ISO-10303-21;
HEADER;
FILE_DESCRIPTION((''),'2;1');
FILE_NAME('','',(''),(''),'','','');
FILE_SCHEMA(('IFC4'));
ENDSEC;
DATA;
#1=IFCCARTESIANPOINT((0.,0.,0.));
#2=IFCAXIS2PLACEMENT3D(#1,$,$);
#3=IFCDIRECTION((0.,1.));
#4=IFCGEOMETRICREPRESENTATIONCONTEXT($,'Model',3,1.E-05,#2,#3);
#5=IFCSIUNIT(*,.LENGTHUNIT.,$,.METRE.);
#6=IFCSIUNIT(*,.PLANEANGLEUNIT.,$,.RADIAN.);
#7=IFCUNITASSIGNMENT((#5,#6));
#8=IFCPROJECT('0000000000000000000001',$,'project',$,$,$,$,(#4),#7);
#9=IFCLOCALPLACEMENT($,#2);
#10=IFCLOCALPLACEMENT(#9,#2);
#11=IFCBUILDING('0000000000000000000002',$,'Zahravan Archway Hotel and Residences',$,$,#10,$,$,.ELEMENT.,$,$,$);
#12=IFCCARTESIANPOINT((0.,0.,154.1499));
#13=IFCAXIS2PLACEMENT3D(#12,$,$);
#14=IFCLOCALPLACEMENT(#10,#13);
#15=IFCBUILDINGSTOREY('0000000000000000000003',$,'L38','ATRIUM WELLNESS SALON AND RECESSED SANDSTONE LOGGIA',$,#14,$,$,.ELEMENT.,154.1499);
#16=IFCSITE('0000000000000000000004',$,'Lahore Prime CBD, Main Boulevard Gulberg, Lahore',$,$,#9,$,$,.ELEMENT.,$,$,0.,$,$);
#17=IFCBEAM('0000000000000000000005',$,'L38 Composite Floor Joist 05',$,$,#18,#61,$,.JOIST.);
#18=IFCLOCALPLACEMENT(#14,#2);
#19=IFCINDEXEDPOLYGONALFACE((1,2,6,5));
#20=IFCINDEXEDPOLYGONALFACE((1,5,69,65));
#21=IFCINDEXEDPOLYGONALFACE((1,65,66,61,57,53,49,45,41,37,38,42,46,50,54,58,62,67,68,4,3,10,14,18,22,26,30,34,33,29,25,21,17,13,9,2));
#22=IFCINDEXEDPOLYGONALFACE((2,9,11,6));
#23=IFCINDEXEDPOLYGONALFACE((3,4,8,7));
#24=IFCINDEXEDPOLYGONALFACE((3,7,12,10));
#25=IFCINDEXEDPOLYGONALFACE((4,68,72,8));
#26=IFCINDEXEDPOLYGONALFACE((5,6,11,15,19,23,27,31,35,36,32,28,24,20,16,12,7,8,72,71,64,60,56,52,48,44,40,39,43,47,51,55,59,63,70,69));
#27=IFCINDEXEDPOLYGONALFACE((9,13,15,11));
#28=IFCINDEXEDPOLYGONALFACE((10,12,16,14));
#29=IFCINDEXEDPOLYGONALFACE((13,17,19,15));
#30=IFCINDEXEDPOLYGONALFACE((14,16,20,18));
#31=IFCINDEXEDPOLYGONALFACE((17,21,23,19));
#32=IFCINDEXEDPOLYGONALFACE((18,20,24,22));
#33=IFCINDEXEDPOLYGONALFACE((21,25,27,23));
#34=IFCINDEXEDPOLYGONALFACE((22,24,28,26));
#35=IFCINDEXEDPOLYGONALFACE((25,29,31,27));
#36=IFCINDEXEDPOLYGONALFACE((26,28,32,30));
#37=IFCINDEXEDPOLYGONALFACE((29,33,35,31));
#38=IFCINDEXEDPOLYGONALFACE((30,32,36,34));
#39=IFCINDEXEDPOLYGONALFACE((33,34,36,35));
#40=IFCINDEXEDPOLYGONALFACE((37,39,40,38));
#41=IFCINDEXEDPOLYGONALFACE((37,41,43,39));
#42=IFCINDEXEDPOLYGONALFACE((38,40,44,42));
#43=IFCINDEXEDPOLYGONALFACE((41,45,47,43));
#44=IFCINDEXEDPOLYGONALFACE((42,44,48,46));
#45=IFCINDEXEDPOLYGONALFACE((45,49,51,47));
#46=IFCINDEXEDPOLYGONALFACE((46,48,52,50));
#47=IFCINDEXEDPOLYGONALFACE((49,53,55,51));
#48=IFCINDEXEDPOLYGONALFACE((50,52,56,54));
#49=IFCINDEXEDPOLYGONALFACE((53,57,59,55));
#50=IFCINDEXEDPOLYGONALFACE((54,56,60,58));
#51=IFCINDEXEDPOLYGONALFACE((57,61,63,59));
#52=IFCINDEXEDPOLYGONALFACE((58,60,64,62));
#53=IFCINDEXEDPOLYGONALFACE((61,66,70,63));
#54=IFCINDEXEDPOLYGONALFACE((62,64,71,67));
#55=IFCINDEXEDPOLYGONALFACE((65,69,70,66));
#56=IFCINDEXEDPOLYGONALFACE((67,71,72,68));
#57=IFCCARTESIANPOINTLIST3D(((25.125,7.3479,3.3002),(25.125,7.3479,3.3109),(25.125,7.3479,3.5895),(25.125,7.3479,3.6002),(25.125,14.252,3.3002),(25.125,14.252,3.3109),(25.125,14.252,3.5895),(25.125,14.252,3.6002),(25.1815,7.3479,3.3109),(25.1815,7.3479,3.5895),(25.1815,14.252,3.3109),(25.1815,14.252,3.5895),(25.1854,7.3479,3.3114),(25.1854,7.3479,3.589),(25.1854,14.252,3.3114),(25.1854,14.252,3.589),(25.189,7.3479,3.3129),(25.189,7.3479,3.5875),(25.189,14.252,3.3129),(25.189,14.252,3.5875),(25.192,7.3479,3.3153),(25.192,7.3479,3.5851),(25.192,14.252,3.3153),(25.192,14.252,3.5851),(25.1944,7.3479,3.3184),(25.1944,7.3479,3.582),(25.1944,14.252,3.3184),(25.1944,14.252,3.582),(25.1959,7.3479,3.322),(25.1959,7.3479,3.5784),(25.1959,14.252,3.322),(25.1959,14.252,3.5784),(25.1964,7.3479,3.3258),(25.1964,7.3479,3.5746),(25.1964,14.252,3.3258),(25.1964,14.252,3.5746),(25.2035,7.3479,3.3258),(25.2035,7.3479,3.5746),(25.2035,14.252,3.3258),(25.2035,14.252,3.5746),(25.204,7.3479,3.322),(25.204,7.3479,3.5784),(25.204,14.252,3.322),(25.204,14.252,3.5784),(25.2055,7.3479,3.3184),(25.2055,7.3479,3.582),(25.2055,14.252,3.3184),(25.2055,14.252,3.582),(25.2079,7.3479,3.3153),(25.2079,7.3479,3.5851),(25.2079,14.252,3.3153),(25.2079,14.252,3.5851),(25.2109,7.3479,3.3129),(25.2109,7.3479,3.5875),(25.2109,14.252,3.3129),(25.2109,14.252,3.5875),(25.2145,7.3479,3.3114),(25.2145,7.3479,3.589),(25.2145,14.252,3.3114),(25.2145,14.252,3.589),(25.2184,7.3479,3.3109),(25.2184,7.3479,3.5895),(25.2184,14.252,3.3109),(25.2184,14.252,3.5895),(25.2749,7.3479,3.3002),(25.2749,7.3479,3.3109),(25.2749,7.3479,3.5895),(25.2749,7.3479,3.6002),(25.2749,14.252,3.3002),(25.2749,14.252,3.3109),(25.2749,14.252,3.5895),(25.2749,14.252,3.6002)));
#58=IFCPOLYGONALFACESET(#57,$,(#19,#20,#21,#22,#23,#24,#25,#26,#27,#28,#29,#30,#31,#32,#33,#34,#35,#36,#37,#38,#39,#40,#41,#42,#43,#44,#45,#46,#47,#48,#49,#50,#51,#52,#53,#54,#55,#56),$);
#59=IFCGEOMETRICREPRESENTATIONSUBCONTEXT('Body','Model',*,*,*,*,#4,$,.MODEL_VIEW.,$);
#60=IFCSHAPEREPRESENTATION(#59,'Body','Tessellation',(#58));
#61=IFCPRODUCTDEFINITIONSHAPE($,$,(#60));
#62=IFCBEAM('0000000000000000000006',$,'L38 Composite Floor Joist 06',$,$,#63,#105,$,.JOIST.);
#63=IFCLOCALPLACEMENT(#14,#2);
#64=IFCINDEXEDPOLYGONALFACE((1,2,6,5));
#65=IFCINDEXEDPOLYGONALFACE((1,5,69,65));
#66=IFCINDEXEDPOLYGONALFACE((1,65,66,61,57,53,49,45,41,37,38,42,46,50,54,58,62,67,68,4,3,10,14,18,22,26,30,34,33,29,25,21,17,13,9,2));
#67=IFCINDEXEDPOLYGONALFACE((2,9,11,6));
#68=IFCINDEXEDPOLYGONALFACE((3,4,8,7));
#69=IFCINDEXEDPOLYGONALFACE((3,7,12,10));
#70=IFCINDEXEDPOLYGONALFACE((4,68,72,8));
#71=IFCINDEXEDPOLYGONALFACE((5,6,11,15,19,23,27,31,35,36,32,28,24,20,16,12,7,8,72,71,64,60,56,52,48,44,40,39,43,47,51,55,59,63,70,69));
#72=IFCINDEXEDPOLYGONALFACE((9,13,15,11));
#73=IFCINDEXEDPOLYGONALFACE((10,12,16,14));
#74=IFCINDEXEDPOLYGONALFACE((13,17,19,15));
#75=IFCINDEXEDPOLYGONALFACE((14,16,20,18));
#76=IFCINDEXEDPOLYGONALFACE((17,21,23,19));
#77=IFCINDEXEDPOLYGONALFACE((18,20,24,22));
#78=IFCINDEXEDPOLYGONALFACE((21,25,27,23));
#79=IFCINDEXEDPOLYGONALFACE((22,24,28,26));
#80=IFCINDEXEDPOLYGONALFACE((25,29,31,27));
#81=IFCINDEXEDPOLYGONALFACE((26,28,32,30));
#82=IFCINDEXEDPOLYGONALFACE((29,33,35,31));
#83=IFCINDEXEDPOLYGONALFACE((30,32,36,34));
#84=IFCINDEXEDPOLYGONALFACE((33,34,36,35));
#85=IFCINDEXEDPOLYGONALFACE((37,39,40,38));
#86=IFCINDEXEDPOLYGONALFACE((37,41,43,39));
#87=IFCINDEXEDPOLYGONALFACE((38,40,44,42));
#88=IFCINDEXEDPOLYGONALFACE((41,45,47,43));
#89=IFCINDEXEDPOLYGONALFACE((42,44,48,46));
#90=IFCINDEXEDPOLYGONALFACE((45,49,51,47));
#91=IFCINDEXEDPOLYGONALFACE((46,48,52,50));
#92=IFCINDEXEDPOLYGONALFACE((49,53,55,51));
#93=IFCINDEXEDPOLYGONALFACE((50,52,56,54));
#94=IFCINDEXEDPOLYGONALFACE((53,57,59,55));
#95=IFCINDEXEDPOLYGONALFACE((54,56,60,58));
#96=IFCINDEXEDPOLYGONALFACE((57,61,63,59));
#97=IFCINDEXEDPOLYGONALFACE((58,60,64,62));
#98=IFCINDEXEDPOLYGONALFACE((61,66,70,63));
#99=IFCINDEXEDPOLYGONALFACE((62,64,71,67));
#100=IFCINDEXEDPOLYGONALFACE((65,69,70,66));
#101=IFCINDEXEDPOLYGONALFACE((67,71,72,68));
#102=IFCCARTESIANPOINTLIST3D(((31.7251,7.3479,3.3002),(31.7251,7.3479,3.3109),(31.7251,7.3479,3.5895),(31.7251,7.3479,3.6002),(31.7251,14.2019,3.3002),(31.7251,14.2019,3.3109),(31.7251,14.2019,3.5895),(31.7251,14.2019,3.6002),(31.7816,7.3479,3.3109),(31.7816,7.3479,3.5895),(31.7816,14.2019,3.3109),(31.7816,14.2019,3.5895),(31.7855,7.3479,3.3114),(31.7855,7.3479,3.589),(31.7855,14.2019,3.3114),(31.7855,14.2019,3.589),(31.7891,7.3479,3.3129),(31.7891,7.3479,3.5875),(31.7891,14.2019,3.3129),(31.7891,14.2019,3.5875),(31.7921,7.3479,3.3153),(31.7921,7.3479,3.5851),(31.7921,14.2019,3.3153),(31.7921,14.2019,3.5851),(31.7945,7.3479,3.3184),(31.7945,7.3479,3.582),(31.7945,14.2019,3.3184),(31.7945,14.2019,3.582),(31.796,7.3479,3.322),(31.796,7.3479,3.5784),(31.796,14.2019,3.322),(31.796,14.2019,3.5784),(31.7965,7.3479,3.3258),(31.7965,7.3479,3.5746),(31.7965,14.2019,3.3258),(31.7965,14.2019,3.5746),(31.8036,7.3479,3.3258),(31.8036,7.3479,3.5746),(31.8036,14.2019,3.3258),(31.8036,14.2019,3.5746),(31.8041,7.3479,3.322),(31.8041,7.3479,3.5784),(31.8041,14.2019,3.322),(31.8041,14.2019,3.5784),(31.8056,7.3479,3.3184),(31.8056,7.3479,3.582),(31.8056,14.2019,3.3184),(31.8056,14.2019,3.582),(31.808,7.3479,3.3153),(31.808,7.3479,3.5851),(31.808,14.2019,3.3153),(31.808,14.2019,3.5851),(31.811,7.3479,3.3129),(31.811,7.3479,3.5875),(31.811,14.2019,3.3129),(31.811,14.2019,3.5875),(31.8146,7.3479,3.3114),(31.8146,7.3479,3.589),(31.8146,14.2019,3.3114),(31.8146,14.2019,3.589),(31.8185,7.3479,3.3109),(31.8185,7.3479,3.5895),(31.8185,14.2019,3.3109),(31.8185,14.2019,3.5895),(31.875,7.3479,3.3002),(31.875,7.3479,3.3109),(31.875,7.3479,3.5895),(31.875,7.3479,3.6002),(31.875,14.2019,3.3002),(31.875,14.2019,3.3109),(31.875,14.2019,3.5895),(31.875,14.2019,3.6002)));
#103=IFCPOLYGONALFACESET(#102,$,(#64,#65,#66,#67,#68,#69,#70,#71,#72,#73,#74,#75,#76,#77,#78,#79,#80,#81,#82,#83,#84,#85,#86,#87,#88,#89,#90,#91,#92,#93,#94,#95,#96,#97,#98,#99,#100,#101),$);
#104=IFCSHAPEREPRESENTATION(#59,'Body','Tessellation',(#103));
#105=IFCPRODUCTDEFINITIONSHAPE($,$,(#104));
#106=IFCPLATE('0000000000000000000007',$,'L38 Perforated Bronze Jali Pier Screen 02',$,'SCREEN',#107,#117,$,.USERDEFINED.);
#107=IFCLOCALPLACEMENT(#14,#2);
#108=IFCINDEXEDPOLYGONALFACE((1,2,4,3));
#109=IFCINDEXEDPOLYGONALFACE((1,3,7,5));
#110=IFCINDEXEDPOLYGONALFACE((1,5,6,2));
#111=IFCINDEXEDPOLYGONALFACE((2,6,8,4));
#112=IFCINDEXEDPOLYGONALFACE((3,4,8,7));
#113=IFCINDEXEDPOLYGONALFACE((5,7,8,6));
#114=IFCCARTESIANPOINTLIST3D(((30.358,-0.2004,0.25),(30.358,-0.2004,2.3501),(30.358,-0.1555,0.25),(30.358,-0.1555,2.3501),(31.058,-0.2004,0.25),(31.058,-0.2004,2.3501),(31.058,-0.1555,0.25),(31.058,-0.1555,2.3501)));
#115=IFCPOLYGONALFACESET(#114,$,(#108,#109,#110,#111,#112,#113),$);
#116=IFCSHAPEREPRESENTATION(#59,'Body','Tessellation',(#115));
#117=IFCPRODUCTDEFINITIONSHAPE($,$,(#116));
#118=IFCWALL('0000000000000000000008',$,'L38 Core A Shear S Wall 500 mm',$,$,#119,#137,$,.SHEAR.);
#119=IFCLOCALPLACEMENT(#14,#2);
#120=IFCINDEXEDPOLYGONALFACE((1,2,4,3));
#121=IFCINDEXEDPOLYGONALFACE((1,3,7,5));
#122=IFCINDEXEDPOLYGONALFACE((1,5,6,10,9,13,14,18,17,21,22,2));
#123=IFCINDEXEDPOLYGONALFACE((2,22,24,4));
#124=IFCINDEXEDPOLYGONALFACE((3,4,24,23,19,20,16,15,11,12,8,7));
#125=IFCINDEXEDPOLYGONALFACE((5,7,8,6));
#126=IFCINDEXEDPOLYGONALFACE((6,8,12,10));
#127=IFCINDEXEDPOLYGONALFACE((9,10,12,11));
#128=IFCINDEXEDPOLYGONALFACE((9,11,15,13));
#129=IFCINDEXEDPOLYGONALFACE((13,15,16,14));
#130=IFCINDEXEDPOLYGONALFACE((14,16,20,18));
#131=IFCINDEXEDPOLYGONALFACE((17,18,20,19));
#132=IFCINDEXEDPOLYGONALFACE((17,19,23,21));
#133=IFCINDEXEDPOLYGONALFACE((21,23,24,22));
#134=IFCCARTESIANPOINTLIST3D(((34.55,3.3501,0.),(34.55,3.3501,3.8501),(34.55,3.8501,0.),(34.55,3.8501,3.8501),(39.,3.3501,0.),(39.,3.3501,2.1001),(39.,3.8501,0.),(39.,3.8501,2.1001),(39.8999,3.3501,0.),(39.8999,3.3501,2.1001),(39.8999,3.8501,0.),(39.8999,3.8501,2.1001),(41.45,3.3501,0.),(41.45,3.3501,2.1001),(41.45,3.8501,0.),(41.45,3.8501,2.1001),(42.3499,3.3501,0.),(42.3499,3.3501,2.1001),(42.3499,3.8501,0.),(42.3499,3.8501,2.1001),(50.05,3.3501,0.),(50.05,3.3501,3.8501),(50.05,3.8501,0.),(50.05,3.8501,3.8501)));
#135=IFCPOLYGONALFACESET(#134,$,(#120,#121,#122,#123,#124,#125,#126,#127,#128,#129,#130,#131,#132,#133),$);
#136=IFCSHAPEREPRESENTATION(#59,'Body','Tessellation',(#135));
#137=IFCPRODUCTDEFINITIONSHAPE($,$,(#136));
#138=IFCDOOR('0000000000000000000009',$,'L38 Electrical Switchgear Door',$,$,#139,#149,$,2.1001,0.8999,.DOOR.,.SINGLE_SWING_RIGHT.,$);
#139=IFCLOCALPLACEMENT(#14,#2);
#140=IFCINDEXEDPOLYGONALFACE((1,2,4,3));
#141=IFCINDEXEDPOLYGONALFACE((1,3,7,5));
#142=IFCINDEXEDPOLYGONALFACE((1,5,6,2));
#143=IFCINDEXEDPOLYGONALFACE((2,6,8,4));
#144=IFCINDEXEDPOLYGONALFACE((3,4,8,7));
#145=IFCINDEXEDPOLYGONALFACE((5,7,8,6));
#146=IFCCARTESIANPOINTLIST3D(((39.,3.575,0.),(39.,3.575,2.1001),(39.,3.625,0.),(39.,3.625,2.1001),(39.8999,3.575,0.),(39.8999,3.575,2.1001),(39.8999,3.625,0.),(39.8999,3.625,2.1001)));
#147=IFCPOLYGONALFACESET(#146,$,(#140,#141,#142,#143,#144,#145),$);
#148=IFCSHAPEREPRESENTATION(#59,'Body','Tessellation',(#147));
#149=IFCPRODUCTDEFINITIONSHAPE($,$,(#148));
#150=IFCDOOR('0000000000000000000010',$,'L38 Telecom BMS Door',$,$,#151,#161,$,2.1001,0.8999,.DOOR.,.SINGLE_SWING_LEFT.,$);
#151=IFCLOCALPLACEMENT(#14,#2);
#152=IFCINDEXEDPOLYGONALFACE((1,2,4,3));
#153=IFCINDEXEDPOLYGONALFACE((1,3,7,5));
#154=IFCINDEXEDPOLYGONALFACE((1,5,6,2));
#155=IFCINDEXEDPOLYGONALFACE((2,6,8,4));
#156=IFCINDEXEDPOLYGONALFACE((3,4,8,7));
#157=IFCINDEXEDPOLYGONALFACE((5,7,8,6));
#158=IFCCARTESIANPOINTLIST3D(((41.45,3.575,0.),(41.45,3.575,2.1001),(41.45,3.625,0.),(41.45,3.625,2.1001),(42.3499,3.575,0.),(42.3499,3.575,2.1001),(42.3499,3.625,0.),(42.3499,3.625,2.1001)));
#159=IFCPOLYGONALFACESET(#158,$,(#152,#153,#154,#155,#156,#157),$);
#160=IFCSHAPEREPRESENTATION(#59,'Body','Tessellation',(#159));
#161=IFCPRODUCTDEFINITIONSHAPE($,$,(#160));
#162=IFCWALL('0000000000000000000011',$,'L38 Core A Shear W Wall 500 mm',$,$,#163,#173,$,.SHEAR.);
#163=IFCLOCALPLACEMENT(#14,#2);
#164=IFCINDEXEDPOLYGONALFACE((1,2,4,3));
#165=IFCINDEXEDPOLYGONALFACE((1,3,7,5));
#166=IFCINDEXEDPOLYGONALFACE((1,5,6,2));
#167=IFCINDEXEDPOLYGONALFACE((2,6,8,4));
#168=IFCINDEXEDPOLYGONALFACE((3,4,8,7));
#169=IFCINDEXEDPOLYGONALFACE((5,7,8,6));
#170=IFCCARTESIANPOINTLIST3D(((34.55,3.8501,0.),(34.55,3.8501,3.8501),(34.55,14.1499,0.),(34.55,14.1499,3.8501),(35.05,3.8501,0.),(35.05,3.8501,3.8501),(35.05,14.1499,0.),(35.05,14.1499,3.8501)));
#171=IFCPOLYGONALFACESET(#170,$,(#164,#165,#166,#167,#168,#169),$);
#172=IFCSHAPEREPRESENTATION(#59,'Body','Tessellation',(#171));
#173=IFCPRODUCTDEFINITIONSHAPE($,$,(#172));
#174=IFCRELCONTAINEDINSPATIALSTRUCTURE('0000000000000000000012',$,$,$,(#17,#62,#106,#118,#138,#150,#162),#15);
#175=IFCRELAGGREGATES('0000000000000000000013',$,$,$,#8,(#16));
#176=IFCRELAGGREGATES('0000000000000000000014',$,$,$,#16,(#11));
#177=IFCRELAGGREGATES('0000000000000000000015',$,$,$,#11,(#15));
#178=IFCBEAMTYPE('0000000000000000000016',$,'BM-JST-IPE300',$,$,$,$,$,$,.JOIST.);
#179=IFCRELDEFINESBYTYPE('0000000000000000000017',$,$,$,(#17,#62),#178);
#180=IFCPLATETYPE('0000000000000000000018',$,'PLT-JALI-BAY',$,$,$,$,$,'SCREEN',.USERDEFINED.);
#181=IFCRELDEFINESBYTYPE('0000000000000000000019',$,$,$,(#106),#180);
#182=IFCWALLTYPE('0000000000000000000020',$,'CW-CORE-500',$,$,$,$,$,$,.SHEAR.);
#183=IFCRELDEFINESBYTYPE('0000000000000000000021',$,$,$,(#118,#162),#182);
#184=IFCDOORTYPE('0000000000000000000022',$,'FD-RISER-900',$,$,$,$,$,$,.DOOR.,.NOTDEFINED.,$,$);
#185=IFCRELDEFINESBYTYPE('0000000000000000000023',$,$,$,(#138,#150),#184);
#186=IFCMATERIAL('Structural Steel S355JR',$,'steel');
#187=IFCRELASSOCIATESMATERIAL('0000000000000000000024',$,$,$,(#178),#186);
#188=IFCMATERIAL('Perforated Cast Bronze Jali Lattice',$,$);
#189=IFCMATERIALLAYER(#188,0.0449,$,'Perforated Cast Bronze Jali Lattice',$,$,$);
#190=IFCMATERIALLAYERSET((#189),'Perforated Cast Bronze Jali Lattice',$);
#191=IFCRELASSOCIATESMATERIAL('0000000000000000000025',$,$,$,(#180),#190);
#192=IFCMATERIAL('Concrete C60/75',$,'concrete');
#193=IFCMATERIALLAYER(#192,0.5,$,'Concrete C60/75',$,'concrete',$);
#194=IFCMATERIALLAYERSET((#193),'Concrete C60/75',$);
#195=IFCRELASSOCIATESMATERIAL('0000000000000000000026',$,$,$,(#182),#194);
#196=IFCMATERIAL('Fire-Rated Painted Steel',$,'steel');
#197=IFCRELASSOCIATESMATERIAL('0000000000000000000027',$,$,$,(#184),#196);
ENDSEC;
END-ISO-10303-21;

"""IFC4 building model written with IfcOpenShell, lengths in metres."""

from ifc_helpers import new_model, si_unit, direction, frame, frame_2d, origin, origin_2d, place, context, subcontext, project, spatial, rectangle, i_section, extrude, source, transform, mapped, material, layer, layer_set, material_profile, profile_set, type_object, type_shapes, element, fill, save


model = new_model("IFC4")

# Units and contexts
model_context = context("Model", 3, precision=1e-05, world=origin(), true_north=direction((0.0, 1.0)))
body_context = subcontext(model_context, "Body", "Model", "MODEL_VIEW")
ifc_project = project(units=[si_unit("LENGTHUNIT", "METRE"), si_unit("PLANEANGLEUNIT", "RADIAN")], contexts=[model_context])

# Site, building, storey
site_placement = place(None, origin())
site = spatial("IfcSite", under=ifc_project, at=site_placement, Name="Lahore Prime CBD, Main Boulevard Gulberg, Lahore", CompositionType="ELEMENT", RefElevation=0.0)
building_placement = place(site_placement, origin())
building = spatial("IfcBuilding", under=site, at=building_placement, Name="Zahravan Archway Hotel and Residences", CompositionType="ELEMENT")
storey_placement = place(building_placement, frame((0.0, 0.0, 154.1499)))
storey = spatial("IfcBuildingStorey", under=building, at=storey_placement, Name="L38", Description="ATRIUM WELLNESS SALON AND RECESSED SANDSTONE LOGGIA", CompositionType="ELEMENT", Elevation=154.1499)

# Shared definitions
ifc_material_1 = material(Name="Concrete C60/75", Category="concrete")

# Beams
ifc_material_2 = material(Name="Structural Steel S355JR", Category="steel")
ifc_material_profile_1 = material_profile(ifc_material_2, i_section(OverallWidth=0.1499, OverallDepth=0.3, WebThickness=0.0071, FlangeThickness=0.0107, FilletRadius=0.0149, at=origin_2d()), Name="IPE 300", Category="steel")
ifc_profile_set_1 = profile_set([ifc_material_profile_1], Name="Structural Steel S355JR")
beam_type_1 = type_object("IfcBeamType", Name="BM-JST-IPE300", PredefinedType="JOIST", material=ifc_profile_set_1)
shared_shape_1 = source(origin(), body_context, "Body", "SweptSolid", [
    extrude(i_section(OverallWidth=0.1499, OverallDepth=0.3, WebThickness=0.0071, FlangeThickness=0.0107, FilletRadius=0.0149, at=origin_2d()), origin(), (0.0, 0.0, 1.0), 6.9041),
])
type_shapes(beam_type_1, [shared_shape_1])
for number, where, z_axis, x_axis, name in (
    (1, (25.2, 7.3479, 3.4502), (0.0, 1.0, 0.0), (-1.0, 0.0, 0.0), "L38 Composite Floor Joist 05"),
):
    element("IfcBeam", number, at=place(storey_placement, frame(where, z_axis=z_axis, x_axis=x_axis)), inside=storey, type_object=beam_type_1, Name=name, PredefinedType="JOIST", context=body_context, shape_type="MappedRepresentation", body=[
        mapped(shared_shape_1, transform((0.0, 0.0, 0.0), scale=1.0)),
    ])
shared_shape_2 = source(origin(), body_context, "Body", "SweptSolid", [
    extrude(i_section(OverallWidth=0.1499, OverallDepth=0.3, WebThickness=0.0071, FlangeThickness=0.0107, FilletRadius=0.0149, at=origin_2d()), origin(), (0.0, 0.0, 1.0), 6.854),
])
beam_1_placement = place(storey_placement, frame((31.8, 7.3479, 3.4502), z_axis=(0.0, 1.0, 0.0), x_axis=(-1.0, 0.0, 0.0)))
element("IfcBeam", 2, at=beam_1_placement, inside=storey, type_object=beam_type_1, Name="L38 Composite Floor Joist 06", PredefinedType="JOIST", context=body_context, shape_type="MappedRepresentation", body=[
    mapped(shared_shape_2, transform((0.0, 0.0, 0.0), scale=1.0)),
])

# Plate
ifc_material_3 = material(Name="Perforated Cast Bronze Jali Lattice")
ifc_layer_1 = layer(ifc_material_3, 0.0449, Name="Perforated Cast Bronze Jali Lattice")
ifc_layer_set_1 = layer_set([ifc_layer_1], Name="Perforated Cast Bronze Jali Lattice")
plate_type = type_object("IfcPlateType", Name="PLT-JALI-BAY", ElementType="SCREEN", PredefinedType="USERDEFINED", material=ifc_layer_set_1)
shared_shape_3 = source(origin(), body_context, "Body", "SweptSolid", [
    extrude(rectangle(XDim=0.7, YDim=0.0449, at=origin_2d()), origin(), (0.0, 0.0, 1.0), 2.1001),
])
type_shapes(plate_type, [shared_shape_3])
plate_placement = place(storey_placement, frame((30.708, -0.178, 0.25), z_axis=(0.0, 0.0, 1.0), x_axis=(1.0, 0.0, 0.0)))
element("IfcPlate", 3, at=plate_placement, inside=storey, type_object=plate_type, Name="L38 Perforated Bronze Jali Pier Screen 02", ObjectType="SCREEN", PredefinedType="USERDEFINED", context=body_context, shape_type="MappedRepresentation", body=[
    mapped(shared_shape_3, transform((0.0, 0.0, 0.0), scale=1.0)),
])

# Wall, openings, doors
ifc_layer_2 = layer(ifc_material_1, 0.5, Name="Concrete C60/75", Category="concrete")
ifc_layer_set_2 = layer_set([ifc_layer_2], Name="Concrete C60/75")
wall_type_1 = type_object("IfcWallType", Name="CW-CORE-500", PredefinedType="SHEAR", material=ifc_layer_set_2)
wall_1_placement = place(storey_placement, frame((34.55, 3.6001, 0.0), z_axis=(0.0, 0.0, 1.0), x_axis=(1.0, 0.0, 0.0)))
wall_1 = element("IfcWall", 4, at=wall_1_placement, inside=storey, type_object=wall_type_1, Name="L38 Core A Shear S Wall 500 mm", PredefinedType="SHEAR", context=body_context, shape_type="SweptSolid", body=[
    extrude(rectangle(XDim=15.5, YDim=0.5, at=frame_2d((7.75, 0.0))), origin(), (0.0, 0.0, 1.0), 3.8501),
])
opening_1_placement = place(wall_1_placement, frame((4.45, 0.0, 0.0)))
opening_1 = element("IfcOpeningElement", 5, at=opening_1_placement, cuts=wall_1, PredefinedType="OPENING", context=body_context, shape_type="SweptSolid", body=[
    extrude(rectangle(XDim=0.8999, YDim=2.1001, at=frame_2d((0.45, 1.05))), frame((0.0, 0.26, 0.0), z_axis=(0.0, -1.0, 0.0), x_axis=(1.0, 0.0, 0.0)), (0.0, 0.0, 1.0), 0.52),
])
opening_2_placement = place(wall_1_placement, frame((6.8999, 0.0, 0.0)))
opening_2 = element("IfcOpeningElement", 6, at=opening_2_placement, cuts=wall_1, PredefinedType="OPENING", context=body_context, shape_type="SweptSolid", body=[
    extrude(rectangle(XDim=0.8999, YDim=2.1001, at=frame_2d((0.45, 1.05))), frame((0.0, 0.26, 0.0), z_axis=(0.0, -1.0, 0.0), x_axis=(1.0, 0.0, 0.0)), (0.0, 0.0, 1.0), 0.52),
])
ifc_material_4 = material(Name="Fire-Rated Painted Steel", Category="steel")
door_type_1 = type_object("IfcDoorType", Name="FD-RISER-900", OperationType="NOTDEFINED", PredefinedType="DOOR", material=ifc_material_4)
shared_shape_4 = source(origin(), body_context, "Body", "SweptSolid", [
    extrude(rectangle(XDim=0.8999, YDim=2.1001, at=frame_2d((0.45, 1.05))), frame((0.0, 0.0249, 0.0), z_axis=(0.0, -1.0, 0.0), x_axis=(1.0, 0.0, 0.0)), (0.0, 0.0, 1.0), 0.05),
])
type_shapes(door_type_1, [shared_shape_4])
door_1_placement = place(opening_1_placement, origin())
door_1 = element("IfcDoor", 7, at=door_1_placement, inside=storey, type_object=door_type_1, Name="L38 Electrical Switchgear Door", OperationType="SINGLE_SWING_RIGHT", OverallHeight=2.1001, OverallWidth=0.8999, PredefinedType="DOOR", context=body_context, shape_type="MappedRepresentation", body=[
    mapped(shared_shape_4, transform((0.0, 0.0, 0.0), scale=1.0)),
])
fill(opening_1, door_1)
door_2_placement = place(opening_2_placement, origin())
door_2 = element("IfcDoor", 8, at=door_2_placement, inside=storey, type_object=door_type_1, Name="L38 Telecom BMS Door", OperationType="SINGLE_SWING_LEFT", OverallHeight=2.1001, OverallWidth=0.8999, PredefinedType="DOOR", context=body_context, shape_type="MappedRepresentation", body=[
    mapped(shared_shape_4, transform((0.0, 0.0, 0.0), scale=1.0)),
])
fill(opening_2, door_2)

# Wall
wall_2_placement = place(storey_placement, frame((34.8, 3.8501, 0.0), z_axis=(0.0, 0.0, 1.0), x_axis=(0.0, 1.0, 0.0)))
element("IfcWall", 9, at=wall_2_placement, inside=storey, type_object=wall_type_1, Name="L38 Core A Shear W Wall 500 mm", PredefinedType="SHEAR", context=body_context, shape_type="SweptSolid", body=[
    extrude(rectangle(XDim=10.2998, YDim=0.5, at=frame_2d((5.1499, 0.0))), origin(), (0.0, 0.0, 1.0), 3.8501),
])

save(model, "model.ifc")
